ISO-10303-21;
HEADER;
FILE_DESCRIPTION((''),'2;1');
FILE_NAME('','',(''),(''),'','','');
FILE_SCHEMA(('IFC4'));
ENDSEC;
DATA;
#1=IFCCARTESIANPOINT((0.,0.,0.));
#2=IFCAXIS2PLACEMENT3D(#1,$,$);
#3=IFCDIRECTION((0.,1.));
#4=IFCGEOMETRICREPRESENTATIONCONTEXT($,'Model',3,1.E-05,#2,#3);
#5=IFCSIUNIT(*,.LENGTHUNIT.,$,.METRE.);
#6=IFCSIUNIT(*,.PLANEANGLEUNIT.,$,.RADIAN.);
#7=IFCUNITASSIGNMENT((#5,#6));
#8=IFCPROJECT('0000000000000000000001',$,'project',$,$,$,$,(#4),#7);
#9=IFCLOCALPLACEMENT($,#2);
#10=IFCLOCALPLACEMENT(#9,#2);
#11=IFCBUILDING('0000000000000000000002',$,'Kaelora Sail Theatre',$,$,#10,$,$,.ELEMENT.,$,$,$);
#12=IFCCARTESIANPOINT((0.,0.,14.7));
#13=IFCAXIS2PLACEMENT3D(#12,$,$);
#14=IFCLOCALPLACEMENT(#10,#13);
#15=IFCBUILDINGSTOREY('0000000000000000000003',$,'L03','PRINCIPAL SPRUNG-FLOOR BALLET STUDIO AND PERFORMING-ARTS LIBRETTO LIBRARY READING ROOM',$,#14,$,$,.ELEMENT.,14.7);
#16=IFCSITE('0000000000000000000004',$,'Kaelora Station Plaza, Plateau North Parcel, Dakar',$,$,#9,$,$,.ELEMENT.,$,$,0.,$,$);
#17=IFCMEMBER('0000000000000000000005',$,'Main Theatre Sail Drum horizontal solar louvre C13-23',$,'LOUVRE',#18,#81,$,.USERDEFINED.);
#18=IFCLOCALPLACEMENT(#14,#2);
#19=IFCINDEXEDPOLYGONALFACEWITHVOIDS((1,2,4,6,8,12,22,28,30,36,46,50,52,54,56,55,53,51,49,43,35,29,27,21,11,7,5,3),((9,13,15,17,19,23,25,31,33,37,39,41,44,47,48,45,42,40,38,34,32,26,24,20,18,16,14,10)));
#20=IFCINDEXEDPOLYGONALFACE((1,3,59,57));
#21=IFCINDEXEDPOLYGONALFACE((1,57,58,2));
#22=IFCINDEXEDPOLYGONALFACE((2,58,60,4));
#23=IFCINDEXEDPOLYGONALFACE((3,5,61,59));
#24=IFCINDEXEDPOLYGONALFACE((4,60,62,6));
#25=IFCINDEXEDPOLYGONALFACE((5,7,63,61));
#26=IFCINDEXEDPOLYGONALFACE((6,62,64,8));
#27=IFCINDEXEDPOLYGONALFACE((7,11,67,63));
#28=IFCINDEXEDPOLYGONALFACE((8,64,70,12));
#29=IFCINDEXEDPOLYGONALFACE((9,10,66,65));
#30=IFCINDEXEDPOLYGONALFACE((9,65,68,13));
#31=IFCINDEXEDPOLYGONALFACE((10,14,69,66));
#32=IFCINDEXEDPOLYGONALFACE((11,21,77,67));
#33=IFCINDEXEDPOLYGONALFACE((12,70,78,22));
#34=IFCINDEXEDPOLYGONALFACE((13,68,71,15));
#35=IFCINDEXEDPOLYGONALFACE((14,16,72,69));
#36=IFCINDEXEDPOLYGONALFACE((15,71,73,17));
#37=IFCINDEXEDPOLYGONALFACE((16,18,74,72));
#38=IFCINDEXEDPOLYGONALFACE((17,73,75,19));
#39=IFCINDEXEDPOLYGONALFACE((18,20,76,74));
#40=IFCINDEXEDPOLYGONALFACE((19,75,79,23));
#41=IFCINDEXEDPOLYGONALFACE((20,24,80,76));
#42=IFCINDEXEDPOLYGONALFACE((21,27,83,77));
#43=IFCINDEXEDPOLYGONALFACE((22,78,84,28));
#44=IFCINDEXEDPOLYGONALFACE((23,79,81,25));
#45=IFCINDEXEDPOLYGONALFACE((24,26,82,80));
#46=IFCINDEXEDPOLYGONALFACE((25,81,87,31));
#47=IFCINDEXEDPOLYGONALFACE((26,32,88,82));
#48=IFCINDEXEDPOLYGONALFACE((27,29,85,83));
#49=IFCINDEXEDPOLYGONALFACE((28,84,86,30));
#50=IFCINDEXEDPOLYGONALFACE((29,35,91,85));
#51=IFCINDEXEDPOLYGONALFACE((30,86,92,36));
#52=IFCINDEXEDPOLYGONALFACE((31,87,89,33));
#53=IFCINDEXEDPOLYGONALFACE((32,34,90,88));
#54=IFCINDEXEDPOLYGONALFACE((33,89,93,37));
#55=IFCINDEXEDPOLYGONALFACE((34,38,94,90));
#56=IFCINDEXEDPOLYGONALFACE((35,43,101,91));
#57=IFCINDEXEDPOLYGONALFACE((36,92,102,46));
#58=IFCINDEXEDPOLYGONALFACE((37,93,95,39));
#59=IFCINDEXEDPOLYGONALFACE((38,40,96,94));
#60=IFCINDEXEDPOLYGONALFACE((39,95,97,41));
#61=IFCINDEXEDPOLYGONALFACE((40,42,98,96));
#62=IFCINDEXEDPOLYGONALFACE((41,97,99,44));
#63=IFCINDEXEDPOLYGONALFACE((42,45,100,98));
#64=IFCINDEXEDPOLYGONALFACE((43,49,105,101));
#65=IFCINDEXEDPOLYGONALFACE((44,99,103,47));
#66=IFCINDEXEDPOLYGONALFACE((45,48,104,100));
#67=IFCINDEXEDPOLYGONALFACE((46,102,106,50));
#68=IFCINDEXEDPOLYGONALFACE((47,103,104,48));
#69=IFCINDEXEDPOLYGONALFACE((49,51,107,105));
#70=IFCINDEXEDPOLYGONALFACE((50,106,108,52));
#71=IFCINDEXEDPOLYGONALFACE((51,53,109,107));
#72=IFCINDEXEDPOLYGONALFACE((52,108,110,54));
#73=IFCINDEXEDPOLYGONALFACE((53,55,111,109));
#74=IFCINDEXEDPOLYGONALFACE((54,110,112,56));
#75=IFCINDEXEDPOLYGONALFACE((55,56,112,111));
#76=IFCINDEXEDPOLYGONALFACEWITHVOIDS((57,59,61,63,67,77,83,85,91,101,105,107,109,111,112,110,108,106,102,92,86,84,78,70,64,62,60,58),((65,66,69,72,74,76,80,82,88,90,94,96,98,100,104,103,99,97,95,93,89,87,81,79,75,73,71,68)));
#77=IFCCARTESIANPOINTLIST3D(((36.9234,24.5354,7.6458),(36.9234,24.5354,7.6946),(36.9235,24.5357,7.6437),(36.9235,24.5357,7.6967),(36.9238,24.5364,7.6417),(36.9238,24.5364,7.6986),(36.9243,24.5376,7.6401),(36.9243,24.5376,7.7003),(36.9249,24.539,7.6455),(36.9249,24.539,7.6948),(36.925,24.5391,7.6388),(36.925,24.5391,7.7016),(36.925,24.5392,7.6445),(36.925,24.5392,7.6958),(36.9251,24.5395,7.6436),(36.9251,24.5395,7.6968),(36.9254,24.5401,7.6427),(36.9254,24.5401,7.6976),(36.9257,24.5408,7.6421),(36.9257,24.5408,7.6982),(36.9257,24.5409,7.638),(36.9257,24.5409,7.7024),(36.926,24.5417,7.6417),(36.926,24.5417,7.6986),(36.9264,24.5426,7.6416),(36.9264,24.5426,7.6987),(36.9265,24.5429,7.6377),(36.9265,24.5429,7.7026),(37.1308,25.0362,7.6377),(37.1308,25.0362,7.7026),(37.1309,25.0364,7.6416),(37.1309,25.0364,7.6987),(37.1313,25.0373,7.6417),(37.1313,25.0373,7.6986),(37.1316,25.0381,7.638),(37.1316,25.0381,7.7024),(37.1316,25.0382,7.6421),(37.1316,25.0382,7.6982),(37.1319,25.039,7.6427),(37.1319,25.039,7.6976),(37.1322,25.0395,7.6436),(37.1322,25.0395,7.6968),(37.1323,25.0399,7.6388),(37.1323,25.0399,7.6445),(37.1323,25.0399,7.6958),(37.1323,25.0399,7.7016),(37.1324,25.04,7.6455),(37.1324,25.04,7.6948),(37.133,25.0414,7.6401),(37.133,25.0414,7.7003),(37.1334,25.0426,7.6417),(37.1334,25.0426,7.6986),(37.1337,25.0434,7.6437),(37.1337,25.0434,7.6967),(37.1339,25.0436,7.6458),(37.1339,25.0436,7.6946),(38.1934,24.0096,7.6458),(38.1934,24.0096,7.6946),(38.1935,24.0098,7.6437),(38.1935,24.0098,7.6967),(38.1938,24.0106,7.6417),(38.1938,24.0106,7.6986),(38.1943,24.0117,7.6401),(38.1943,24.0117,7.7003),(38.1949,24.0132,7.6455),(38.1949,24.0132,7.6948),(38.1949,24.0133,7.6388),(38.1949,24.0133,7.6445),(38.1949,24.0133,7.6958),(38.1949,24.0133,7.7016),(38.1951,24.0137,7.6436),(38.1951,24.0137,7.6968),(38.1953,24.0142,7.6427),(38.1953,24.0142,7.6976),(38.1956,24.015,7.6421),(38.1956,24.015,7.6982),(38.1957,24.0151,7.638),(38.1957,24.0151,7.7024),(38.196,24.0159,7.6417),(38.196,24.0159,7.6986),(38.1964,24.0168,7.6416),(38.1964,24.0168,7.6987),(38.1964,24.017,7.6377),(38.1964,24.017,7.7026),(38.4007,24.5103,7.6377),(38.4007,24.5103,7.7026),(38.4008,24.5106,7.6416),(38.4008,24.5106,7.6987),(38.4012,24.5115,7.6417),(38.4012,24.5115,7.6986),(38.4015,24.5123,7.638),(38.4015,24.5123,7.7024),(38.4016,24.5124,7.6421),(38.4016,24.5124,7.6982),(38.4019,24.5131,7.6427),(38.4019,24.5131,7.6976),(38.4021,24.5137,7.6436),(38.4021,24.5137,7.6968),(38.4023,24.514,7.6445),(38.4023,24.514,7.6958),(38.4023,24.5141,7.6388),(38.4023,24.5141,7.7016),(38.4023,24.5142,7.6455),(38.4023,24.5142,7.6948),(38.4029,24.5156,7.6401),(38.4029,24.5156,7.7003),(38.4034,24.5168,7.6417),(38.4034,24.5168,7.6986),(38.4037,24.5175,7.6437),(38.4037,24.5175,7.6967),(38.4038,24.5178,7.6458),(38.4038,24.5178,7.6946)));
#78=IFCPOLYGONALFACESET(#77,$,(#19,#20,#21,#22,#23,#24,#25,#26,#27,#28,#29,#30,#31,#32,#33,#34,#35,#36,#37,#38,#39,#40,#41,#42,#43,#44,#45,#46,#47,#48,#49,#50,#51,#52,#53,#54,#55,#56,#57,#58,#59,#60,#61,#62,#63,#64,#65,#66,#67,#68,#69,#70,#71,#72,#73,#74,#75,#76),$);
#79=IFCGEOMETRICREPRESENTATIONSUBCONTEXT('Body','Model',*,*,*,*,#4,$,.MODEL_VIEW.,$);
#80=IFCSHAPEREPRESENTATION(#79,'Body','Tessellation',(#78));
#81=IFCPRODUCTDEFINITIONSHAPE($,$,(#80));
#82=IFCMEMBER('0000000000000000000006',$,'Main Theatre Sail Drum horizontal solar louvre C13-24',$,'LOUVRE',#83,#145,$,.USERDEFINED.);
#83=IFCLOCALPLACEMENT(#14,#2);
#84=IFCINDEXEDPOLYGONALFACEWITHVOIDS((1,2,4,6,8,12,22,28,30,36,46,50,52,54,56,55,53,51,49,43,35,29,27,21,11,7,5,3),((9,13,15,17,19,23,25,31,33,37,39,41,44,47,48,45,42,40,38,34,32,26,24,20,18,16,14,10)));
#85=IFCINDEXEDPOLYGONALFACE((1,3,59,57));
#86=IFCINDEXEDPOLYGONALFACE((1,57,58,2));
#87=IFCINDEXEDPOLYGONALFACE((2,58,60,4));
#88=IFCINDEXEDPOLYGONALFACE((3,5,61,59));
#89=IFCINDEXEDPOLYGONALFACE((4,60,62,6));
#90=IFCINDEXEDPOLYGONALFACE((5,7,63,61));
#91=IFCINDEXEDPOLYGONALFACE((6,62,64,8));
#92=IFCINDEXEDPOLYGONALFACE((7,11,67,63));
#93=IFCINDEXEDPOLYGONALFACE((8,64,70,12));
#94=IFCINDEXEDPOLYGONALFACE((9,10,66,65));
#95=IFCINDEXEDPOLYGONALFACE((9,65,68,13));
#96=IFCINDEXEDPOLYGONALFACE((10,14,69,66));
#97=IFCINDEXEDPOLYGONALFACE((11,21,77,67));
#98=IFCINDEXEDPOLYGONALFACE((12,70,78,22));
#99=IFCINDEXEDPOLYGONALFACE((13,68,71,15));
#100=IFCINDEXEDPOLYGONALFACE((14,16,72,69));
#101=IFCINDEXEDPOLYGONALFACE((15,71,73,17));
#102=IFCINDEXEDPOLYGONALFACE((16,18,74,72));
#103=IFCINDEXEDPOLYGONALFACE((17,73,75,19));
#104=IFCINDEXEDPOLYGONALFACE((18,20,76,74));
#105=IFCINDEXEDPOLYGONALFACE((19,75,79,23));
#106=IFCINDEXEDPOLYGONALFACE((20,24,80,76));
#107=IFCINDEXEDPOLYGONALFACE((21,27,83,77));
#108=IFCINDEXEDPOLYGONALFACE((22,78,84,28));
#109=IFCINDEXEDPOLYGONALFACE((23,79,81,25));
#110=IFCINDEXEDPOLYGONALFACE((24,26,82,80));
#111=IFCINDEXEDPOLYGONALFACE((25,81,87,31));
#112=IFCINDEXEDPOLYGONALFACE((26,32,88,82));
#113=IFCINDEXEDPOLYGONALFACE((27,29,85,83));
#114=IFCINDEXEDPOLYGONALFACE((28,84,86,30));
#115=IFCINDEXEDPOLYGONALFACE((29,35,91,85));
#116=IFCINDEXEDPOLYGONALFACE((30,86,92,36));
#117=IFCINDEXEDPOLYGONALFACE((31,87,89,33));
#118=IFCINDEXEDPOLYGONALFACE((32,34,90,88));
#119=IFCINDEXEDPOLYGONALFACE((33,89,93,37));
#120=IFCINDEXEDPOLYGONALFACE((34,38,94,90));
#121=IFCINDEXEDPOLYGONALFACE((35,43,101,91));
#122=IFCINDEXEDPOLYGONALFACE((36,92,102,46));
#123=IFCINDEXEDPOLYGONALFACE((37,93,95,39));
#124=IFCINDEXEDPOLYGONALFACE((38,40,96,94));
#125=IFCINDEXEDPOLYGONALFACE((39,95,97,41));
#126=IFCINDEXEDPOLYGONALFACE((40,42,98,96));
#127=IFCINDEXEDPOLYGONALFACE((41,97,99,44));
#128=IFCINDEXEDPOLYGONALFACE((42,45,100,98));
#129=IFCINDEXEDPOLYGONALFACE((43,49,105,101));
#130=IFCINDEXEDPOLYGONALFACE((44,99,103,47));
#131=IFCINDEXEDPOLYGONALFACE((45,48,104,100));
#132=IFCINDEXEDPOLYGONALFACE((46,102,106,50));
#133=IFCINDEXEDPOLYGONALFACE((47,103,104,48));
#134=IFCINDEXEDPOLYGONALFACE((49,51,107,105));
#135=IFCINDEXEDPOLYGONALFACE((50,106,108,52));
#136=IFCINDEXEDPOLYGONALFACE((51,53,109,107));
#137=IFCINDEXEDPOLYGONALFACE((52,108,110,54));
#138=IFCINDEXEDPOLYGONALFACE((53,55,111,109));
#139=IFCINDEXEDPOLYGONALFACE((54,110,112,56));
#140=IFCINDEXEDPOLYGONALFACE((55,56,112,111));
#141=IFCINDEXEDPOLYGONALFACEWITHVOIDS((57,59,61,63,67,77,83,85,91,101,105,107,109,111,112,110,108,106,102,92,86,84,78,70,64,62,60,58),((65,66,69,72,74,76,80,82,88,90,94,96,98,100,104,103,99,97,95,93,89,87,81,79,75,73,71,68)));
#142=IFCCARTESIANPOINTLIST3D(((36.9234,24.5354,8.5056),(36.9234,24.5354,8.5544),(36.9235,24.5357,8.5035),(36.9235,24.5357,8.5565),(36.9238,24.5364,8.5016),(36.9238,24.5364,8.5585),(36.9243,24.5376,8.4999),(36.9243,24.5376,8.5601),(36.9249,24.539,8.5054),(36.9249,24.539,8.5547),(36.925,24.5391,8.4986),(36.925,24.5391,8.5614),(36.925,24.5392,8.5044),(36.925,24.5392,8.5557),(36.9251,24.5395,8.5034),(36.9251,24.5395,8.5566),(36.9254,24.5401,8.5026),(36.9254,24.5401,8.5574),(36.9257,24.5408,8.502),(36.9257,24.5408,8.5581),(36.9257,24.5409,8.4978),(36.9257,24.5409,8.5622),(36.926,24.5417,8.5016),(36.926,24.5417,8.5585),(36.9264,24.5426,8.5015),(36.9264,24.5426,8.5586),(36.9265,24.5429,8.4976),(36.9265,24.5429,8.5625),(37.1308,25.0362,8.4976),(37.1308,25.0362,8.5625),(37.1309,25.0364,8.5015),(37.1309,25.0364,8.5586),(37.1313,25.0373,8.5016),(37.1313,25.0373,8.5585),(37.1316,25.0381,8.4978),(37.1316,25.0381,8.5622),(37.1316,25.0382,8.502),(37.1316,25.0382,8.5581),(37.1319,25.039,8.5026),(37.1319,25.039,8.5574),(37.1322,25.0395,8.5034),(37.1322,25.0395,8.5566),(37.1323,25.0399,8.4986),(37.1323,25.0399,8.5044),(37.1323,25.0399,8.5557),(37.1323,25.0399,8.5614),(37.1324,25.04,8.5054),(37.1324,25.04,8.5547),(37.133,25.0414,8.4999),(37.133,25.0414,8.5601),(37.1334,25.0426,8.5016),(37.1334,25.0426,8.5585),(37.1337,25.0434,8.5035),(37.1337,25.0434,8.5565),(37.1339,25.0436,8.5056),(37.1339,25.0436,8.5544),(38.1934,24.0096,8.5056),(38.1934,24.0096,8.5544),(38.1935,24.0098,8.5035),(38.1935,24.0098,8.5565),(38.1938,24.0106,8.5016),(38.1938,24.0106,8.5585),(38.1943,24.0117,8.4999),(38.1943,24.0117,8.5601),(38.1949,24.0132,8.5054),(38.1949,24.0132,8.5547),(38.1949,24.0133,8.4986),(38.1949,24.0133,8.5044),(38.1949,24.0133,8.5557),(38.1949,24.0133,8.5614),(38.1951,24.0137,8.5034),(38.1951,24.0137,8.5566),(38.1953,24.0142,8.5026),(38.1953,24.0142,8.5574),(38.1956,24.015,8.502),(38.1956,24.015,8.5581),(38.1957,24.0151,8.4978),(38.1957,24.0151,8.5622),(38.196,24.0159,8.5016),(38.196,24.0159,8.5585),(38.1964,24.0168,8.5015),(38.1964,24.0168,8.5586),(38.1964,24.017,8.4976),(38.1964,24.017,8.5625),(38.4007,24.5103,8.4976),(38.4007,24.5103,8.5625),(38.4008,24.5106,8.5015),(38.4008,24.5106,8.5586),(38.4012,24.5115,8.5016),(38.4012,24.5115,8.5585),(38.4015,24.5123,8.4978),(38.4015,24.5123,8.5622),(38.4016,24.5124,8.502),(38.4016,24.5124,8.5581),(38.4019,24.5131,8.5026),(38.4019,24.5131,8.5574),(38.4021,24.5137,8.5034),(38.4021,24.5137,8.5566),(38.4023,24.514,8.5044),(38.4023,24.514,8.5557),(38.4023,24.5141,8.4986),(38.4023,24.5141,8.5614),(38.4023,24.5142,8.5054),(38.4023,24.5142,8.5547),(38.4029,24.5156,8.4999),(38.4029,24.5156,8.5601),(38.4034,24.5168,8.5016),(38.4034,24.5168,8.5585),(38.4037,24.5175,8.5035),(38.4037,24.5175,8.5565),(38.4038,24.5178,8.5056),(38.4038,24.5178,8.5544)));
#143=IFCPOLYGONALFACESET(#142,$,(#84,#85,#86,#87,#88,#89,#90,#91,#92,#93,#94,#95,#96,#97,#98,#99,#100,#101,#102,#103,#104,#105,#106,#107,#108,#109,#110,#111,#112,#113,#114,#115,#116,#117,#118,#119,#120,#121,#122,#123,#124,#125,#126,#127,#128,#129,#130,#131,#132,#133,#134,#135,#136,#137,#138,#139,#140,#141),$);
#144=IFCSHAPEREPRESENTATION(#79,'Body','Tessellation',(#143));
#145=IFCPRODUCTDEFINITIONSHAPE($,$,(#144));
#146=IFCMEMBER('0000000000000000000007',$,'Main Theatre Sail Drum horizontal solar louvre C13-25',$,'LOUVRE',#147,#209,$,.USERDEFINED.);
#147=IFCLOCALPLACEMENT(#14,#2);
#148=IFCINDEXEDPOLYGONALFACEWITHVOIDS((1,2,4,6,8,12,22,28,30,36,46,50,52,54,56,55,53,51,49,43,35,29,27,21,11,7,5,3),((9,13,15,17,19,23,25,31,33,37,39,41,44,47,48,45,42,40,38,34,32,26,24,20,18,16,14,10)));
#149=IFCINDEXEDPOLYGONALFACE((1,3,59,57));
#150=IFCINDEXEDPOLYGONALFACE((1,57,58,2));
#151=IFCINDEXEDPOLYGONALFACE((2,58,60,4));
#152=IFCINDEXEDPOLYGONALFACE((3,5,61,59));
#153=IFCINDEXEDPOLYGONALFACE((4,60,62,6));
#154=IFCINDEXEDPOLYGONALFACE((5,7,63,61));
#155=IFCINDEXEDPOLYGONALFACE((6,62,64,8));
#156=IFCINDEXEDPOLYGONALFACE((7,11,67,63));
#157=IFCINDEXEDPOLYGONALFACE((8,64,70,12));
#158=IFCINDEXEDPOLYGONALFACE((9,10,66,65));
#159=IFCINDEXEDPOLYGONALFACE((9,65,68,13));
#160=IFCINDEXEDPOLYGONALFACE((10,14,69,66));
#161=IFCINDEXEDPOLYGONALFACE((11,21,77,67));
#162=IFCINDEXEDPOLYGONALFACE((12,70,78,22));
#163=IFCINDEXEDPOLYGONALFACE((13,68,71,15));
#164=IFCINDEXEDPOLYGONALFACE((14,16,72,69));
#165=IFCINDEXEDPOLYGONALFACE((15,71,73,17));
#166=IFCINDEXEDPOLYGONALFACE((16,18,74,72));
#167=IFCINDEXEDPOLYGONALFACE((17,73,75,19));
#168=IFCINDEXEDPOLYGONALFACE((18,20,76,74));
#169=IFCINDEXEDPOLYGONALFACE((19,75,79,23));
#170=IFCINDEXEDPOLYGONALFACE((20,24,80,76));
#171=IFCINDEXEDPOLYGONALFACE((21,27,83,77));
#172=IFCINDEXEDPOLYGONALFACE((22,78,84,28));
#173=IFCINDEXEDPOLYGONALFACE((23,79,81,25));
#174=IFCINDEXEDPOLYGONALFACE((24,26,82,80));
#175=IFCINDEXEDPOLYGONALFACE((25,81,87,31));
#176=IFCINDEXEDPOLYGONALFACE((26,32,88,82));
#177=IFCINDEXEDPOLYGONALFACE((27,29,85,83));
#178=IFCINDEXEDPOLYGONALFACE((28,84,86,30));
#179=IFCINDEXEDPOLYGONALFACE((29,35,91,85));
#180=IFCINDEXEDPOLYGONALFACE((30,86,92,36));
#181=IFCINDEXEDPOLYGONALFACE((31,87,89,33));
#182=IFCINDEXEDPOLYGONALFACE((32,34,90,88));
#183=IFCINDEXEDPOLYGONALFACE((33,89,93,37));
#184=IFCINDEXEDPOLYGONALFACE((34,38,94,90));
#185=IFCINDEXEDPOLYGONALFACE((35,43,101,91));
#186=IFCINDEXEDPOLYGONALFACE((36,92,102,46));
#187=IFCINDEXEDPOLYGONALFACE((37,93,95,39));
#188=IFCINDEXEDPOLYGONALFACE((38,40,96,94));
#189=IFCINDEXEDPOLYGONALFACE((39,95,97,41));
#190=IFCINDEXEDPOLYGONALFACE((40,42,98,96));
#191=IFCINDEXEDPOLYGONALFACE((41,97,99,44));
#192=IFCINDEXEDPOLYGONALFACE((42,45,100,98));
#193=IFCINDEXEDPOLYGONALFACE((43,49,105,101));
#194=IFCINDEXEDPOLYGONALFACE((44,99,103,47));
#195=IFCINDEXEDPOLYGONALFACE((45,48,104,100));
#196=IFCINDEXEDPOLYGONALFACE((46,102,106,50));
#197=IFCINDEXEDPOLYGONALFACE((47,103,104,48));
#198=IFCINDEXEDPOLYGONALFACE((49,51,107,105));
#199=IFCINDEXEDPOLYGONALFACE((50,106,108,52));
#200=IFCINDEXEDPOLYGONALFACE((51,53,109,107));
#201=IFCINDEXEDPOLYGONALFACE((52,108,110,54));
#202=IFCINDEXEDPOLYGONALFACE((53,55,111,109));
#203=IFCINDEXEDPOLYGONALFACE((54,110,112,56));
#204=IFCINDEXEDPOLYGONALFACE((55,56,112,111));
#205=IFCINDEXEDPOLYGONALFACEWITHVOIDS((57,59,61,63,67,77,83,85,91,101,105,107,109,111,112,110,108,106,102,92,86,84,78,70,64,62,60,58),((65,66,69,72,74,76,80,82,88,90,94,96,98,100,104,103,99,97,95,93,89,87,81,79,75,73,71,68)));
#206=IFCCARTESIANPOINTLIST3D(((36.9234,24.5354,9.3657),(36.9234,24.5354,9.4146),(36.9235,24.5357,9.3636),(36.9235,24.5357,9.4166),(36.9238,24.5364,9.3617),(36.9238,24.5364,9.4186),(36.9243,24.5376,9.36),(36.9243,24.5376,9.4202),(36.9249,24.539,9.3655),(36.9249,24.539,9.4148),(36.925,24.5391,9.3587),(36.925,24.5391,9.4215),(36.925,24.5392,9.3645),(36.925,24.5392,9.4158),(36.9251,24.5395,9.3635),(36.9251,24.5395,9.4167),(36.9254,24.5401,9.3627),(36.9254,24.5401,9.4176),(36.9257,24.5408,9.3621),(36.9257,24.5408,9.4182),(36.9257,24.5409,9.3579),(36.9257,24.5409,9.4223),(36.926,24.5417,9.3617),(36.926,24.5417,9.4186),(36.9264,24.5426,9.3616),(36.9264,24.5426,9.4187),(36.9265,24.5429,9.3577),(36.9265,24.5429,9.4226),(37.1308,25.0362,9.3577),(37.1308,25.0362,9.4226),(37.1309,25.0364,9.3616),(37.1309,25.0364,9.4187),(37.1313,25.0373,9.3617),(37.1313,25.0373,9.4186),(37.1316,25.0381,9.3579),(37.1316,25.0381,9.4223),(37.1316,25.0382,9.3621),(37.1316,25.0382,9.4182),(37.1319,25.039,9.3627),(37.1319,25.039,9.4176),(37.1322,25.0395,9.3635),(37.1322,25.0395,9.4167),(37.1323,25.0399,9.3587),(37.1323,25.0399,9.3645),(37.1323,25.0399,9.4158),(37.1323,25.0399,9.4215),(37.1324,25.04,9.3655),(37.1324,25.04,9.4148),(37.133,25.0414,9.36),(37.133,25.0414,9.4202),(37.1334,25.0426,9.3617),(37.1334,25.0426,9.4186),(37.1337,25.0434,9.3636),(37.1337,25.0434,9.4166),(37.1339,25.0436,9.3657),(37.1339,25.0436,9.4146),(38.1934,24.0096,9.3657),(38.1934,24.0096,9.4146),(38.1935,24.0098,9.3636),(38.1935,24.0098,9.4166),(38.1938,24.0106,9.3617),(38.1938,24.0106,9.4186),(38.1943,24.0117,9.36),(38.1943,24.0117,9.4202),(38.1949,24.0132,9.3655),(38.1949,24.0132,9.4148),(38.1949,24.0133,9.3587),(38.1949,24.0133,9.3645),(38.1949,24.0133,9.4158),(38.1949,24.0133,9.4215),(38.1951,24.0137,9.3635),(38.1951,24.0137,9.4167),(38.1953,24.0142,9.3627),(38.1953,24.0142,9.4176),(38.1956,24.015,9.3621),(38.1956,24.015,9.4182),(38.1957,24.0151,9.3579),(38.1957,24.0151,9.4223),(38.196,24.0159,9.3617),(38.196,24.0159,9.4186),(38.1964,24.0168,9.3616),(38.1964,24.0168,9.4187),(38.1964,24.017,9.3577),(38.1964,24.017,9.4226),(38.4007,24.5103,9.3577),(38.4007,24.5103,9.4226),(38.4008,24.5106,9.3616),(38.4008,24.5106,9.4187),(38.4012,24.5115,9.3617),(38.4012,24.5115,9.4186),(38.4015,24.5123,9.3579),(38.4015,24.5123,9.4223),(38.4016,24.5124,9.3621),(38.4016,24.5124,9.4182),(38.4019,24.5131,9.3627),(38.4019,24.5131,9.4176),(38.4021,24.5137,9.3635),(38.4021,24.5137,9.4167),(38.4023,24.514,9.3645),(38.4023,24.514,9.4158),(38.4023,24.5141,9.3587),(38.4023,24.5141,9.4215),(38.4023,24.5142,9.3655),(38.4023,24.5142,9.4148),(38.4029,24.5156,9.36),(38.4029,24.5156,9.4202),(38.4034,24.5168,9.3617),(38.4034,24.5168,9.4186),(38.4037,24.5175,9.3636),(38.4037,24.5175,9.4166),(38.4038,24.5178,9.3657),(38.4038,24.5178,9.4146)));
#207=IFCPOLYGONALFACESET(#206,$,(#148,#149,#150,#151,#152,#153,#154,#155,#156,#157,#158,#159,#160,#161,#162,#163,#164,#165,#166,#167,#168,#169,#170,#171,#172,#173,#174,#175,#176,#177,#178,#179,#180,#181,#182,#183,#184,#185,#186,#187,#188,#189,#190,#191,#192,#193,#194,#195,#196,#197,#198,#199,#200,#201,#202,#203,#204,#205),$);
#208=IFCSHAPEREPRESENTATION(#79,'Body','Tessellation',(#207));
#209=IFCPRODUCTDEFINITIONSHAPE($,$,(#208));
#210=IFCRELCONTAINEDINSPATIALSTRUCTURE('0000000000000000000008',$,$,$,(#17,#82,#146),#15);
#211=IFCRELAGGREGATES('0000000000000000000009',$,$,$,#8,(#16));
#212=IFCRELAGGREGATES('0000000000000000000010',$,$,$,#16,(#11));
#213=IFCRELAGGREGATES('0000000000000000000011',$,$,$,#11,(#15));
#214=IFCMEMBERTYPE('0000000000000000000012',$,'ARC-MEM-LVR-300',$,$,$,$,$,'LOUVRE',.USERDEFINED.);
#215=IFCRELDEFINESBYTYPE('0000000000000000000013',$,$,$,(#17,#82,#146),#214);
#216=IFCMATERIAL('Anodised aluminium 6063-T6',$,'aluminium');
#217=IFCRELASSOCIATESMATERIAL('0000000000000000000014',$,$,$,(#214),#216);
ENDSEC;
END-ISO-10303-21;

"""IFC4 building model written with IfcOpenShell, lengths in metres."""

from ifc_helpers import new_model, si_unit, direction, frame, origin, origin_2d, place, context, subcontext, project, spatial, hollow_rectangle, extrude, material, material_profile, profile_set, type_object, element, save


model = new_model("IFC4")

# Units and contexts
model_context = context("Model", 3, precision=1e-05, world=origin(), true_north=direction((0.0, 1.0)))
body_context = subcontext(model_context, "Body", "Model", "MODEL_VIEW")
ifc_project = project(units=[si_unit("LENGTHUNIT", "METRE"), si_unit("PLANEANGLEUNIT", "RADIAN")], contexts=[model_context])

# Site, building, storey
site_placement = place(None, origin())
site = spatial("IfcSite", under=ifc_project, at=site_placement, Name="Kaelora Station Plaza, Plateau North Parcel, Dakar", CompositionType="ELEMENT", RefElevation=0.0)
building_placement = place(site_placement, origin())
building = spatial("IfcBuilding", under=site, at=building_placement, Name="Kaelora Sail Theatre", CompositionType="ELEMENT")
storey_placement = place(building_placement, frame((0.0, 0.0, 14.7)))
storey = spatial("IfcBuildingStorey", under=building, at=storey_placement, Name="L03", Description="PRINCIPAL SPRUNG-FLOOR BALLET STUDIO AND PERFORMING-ARTS LIBRETTO LIBRARY READING ROOM", CompositionType="ELEMENT", Elevation=14.7)

# Members
ifc_material = material(Name="Anodised aluminium 6063-T6", Category="aluminium")
ifc_material_profile = material_profile(ifc_material, hollow_rectangle(XDim=0.55, YDim=0.0649, WallThickness=0.0039, InnerFilletRadius=0.0039, OuterFilletRadius=0.0081, at=origin_2d()), Name="LOUVRE 550x65x4")
ifc_profile_set = profile_set([ifc_material_profile], Name="Anodised aluminium 6063-T6")
member_type = type_object("IfcMemberType", Name="ARC-MEM-LVR-300", ElementType="LOUVRE", PredefinedType="USERDEFINED", material=ifc_profile_set)
for number, where, z_axis, x_axis, name in (
    (1, (38.2986, 24.2637, 7.6702), (-0.923926, 0.382571, 0.0), (-0.382571, -0.923926, 0.0), "Main Theatre Sail Drum horizontal solar louvre C13-23"),
    (2, (38.2986, 24.2637, 8.53), (-0.923926, 0.382571, 0.0), (-0.382571, -0.923926, 0.0), "Main Theatre Sail Drum horizontal solar louvre C13-24"),
    (3, (38.2986, 24.2637, 9.3901), (-0.923926, 0.382571, 0.0), (-0.382571, -0.923926, 0.0), "Main Theatre Sail Drum horizontal solar louvre C13-25"),
):
    element("IfcMember", number, at=place(storey_placement, frame(where, z_axis=z_axis, x_axis=x_axis)), inside=storey, type_object=member_type, Name=name, ObjectType="LOUVRE", PredefinedType="USERDEFINED", context=body_context, shape_type="SweptSolid", body=[
        extrude(hollow_rectangle(XDim=0.55, YDim=0.0649, WallThickness=0.0039, InnerFilletRadius=0.0039, OuterFilletRadius=0.0081, at=origin_2d()), origin(), (0.0, 0.0, 1.0), 1.3745),
    ])

save(model, "model.ifc")
